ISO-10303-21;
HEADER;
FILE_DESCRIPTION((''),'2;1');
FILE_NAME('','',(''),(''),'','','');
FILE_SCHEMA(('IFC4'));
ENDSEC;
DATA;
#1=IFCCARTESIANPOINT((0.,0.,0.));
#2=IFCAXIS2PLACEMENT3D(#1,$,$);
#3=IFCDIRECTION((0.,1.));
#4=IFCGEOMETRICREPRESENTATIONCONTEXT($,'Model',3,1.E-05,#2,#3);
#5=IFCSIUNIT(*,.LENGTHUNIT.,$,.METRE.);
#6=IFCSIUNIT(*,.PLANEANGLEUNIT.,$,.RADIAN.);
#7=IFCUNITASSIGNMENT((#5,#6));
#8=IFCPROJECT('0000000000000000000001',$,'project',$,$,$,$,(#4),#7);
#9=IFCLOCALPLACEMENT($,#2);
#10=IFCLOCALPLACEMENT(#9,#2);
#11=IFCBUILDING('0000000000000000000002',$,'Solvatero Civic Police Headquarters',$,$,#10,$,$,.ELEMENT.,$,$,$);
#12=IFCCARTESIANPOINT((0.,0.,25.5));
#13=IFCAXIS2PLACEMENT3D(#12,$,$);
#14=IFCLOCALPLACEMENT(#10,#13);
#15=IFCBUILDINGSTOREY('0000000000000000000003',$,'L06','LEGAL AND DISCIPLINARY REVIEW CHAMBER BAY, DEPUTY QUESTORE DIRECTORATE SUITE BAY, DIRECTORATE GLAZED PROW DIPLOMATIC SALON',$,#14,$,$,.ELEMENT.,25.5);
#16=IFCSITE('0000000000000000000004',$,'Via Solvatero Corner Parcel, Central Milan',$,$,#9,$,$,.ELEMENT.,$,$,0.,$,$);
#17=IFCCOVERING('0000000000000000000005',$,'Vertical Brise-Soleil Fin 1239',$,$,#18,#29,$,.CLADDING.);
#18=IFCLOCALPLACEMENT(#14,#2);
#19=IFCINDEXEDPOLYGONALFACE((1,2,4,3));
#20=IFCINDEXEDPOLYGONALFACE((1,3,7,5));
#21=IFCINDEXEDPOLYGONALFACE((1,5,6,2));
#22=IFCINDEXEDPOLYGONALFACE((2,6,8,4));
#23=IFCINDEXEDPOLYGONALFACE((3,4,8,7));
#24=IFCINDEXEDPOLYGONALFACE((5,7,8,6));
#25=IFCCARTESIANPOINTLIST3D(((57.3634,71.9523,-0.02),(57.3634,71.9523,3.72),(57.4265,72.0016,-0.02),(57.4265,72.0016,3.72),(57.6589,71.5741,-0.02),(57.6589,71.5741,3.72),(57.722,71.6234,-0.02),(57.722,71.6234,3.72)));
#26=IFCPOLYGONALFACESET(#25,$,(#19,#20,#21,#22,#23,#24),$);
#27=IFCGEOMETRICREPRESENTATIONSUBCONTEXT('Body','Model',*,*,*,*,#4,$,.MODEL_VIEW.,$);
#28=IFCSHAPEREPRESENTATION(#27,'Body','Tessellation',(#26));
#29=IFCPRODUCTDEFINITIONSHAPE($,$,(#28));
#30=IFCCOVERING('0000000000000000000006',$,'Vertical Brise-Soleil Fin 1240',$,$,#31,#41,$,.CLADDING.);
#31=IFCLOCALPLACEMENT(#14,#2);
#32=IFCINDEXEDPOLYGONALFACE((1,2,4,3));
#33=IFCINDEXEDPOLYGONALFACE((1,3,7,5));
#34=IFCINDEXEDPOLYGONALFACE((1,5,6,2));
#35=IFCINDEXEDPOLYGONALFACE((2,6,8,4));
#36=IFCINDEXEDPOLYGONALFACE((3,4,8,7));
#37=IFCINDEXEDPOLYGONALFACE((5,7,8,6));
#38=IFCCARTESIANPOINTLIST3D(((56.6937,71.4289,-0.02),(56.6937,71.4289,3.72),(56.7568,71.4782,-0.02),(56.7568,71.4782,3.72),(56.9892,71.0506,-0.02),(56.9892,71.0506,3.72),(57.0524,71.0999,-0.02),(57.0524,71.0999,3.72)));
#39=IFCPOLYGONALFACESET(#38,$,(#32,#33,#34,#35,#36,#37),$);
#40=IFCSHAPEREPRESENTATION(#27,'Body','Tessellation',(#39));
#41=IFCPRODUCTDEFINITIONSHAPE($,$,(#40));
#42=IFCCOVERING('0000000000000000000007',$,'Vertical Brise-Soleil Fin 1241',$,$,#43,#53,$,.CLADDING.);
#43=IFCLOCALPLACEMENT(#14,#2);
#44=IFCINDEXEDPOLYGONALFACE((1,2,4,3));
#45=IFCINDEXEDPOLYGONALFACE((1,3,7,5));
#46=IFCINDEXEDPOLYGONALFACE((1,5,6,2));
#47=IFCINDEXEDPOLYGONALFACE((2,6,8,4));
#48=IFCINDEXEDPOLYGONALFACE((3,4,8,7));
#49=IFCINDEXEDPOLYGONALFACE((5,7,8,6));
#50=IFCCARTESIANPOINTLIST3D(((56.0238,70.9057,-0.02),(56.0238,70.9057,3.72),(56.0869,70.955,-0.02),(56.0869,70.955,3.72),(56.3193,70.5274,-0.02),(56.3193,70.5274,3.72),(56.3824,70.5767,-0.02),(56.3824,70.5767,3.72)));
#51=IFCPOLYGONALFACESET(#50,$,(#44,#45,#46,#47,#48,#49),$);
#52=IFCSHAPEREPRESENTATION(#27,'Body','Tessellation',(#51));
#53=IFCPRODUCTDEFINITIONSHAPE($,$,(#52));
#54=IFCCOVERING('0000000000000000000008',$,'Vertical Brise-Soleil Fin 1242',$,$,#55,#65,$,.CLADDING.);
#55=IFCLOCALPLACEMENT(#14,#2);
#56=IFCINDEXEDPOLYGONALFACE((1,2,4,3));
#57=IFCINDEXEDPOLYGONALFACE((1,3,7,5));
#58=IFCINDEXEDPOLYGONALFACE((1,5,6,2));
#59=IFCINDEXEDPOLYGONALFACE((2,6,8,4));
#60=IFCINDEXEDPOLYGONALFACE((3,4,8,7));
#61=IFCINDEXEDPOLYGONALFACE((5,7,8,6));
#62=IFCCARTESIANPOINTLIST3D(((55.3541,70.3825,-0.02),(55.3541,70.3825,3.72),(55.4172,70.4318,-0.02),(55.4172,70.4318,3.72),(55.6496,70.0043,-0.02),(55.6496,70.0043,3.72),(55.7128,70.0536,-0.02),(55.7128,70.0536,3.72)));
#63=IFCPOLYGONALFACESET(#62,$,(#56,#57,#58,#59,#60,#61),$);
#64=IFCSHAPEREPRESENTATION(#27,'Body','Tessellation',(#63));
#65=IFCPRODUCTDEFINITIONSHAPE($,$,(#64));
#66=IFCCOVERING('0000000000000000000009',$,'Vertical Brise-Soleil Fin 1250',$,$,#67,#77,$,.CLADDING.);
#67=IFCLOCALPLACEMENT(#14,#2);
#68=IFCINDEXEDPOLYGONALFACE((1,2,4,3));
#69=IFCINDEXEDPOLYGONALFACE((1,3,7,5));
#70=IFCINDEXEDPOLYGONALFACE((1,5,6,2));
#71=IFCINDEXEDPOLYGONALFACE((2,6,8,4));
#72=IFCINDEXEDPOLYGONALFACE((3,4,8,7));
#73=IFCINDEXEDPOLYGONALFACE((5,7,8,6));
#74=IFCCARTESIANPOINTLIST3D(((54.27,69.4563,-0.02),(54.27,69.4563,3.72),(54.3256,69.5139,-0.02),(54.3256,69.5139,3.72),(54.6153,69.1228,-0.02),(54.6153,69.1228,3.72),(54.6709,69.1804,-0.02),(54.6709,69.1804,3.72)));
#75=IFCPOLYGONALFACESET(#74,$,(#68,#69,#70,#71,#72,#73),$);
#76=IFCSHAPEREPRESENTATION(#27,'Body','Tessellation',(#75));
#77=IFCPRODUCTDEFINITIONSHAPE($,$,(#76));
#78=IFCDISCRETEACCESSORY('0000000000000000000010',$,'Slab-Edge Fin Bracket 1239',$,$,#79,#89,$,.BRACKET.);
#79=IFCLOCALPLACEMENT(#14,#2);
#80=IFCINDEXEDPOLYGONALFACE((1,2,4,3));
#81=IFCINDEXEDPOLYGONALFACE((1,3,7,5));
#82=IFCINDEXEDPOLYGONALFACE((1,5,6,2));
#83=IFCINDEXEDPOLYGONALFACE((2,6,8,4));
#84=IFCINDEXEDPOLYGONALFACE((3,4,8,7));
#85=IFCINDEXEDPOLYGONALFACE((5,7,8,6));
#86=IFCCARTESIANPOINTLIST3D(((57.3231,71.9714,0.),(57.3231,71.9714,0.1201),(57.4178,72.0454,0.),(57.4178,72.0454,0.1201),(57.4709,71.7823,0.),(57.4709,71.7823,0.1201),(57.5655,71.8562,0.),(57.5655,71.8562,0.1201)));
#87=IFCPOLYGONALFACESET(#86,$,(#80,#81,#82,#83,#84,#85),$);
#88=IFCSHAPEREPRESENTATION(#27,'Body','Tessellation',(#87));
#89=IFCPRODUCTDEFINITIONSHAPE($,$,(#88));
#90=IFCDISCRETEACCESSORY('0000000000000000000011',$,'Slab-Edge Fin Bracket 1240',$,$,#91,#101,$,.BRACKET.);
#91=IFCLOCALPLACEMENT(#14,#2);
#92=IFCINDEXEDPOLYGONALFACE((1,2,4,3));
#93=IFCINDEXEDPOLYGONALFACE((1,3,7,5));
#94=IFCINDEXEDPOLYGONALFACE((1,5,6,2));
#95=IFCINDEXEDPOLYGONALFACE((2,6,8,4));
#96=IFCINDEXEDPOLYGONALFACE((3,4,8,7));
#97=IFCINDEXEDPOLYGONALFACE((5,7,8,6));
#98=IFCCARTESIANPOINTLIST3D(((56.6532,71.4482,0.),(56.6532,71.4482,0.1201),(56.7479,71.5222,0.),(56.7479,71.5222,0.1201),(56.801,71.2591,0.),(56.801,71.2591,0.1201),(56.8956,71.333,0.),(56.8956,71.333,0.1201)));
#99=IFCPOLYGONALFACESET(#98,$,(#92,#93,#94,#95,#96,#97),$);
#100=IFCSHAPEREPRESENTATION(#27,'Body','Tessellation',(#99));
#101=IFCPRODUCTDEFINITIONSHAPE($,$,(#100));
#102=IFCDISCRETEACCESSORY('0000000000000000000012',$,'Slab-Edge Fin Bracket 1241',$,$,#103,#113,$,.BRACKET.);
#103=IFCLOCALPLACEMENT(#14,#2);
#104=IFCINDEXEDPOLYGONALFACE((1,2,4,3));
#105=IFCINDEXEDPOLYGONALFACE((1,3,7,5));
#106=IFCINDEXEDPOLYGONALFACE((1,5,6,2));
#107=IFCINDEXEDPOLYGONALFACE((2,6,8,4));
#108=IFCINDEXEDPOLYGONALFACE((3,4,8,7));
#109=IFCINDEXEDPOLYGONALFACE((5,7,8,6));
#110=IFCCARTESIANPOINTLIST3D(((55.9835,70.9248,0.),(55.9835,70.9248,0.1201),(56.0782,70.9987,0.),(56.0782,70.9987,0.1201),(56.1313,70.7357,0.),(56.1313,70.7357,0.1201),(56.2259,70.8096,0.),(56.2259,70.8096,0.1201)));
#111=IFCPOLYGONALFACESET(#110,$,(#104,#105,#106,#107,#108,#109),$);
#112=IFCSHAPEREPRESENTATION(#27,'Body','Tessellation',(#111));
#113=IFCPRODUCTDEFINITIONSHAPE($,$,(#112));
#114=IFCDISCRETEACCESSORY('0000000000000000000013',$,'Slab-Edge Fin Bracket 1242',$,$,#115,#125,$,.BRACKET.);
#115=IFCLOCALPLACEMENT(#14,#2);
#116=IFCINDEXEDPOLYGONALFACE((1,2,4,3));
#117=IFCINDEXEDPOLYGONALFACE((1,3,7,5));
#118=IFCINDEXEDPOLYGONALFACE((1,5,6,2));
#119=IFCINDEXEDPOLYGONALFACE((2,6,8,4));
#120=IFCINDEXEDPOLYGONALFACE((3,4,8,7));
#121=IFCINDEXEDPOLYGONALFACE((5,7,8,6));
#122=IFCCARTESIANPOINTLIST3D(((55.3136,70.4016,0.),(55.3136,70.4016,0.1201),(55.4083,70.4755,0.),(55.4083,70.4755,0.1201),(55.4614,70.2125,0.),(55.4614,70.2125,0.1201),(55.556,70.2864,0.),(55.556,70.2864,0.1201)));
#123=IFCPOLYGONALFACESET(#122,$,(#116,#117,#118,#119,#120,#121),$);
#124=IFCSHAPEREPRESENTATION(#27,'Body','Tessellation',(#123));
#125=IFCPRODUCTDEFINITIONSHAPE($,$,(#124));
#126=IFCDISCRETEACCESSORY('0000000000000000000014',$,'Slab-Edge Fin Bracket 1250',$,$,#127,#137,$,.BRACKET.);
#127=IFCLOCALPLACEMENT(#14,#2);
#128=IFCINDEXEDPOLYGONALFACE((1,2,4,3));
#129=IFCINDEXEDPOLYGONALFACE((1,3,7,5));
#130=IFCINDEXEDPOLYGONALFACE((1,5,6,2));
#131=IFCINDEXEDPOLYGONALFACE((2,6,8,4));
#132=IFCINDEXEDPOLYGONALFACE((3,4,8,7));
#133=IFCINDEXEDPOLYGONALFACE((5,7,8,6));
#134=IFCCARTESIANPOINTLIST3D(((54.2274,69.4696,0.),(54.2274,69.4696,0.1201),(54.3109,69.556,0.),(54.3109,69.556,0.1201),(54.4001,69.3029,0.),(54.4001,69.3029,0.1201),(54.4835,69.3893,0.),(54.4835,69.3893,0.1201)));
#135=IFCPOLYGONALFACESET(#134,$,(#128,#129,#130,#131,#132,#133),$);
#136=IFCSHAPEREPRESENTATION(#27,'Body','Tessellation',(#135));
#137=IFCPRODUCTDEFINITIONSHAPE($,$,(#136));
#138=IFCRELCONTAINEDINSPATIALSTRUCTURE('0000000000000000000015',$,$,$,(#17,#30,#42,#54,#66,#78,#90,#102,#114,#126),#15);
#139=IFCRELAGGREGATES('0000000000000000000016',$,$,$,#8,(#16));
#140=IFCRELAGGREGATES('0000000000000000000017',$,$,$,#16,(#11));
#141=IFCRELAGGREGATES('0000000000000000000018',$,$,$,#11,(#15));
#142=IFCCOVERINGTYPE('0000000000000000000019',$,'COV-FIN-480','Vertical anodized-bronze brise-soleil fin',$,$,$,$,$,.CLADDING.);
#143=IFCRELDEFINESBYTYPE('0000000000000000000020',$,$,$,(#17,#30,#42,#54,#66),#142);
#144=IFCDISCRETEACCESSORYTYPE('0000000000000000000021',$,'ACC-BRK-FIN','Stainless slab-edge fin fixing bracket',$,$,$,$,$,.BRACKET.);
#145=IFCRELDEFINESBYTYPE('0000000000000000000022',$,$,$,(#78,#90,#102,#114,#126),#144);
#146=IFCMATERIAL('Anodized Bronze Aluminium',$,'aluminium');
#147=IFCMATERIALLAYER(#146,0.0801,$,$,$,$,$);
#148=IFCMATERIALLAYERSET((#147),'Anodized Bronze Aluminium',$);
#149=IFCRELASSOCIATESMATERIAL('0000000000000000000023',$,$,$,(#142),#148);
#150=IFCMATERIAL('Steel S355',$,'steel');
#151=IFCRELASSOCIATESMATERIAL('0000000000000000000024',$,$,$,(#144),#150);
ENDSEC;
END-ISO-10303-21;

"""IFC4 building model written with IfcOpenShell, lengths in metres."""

from ifc_helpers import new_model, si_unit, direction, frame, origin, origin_2d, place, context, subcontext, project, spatial, rectangle, extrude, material, layer, layer_set, type_object, element, save


model = new_model("IFC4")

# Units and contexts
model_context = context("Model", 3, precision=1e-05, world=origin(), true_north=direction((0.0, 1.0)))
body_context = subcontext(model_context, "Body", "Model", "MODEL_VIEW")
ifc_project = project(units=[si_unit("LENGTHUNIT", "METRE"), si_unit("PLANEANGLEUNIT", "RADIAN")], contexts=[model_context])

# Site, building, storey
site_placement = place(None, origin())
site = spatial("IfcSite", under=ifc_project, at=site_placement, Name="Via Solvatero Corner Parcel, Central Milan", CompositionType="ELEMENT", RefElevation=0.0)
building_placement = place(site_placement, origin())
building = spatial("IfcBuilding", under=site, at=building_placement, Name="Solvatero Civic Police Headquarters", CompositionType="ELEMENT")
storey_placement = place(building_placement, frame((0.0, 0.0, 25.5)))
storey = spatial("IfcBuildingStorey", under=building, at=storey_placement, Name="L06", Description="LEGAL AND DISCIPLINARY REVIEW CHAMBER BAY, DEPUTY QUESTORE DIRECTORATE SUITE BAY, DIRECTORATE GLAZED PROW DIPLOMATIC SALON", CompositionType="ELEMENT", Elevation=25.5)

# Shared definitions
ifc_material_1 = material(Name="Steel S355", Category="steel")

# Shared definitions
ifc_material_2 = material(Name="Anodized Bronze Aluminium", Category="aluminium")

# Coverings
ifc_layer_1 = layer(ifc_material_2, 0.0801)
ifc_layer_set_1 = layer_set([ifc_layer_1], Name="Anodized Bronze Aluminium")
covering_type = type_object("IfcCoveringType", Name="COV-FIN-480", Description="Vertical anodized-bronze brise-soleil fin", PredefinedType="CLADDING", material=ifc_layer_set_1)
for number, where, z_axis, x_axis, name in (
    (1, (57.5427, 71.7878, -0.02), (0.0, 0.0, 1.0), (-0.788011, -0.615661, 0.0), "Vertical Brise-Soleil Fin 1239"),
    (2, (56.873, 71.2644, -0.02), (0.0, 0.0, 1.0), (-0.788011, -0.615661, 0.0), "Vertical Brise-Soleil Fin 1240"),
    (3, (56.2031, 70.7412, -0.02), (0.0, 0.0, 1.0), (-0.788011, -0.615661, 0.0), "Vertical Brise-Soleil Fin 1241"),
    (4, (55.5334, 70.218, -0.02), (0.0, 0.0, 1.0), (-0.788011, -0.615661, 0.0), "Vertical Brise-Soleil Fin 1242"),
    (5, (54.4705, 69.3184, -0.02), (0.0, 0.0, 1.0), (-0.694658, -0.71934, 0.0), "Vertical Brise-Soleil Fin 1250"),
):
    element("IfcCovering", number, at=place(storey_placement, frame(where, z_axis=z_axis, x_axis=x_axis)), inside=storey, type_object=covering_type, Name=name, PredefinedType="CLADDING", context=body_context, shape_type="SweptSolid", body=[
        extrude(rectangle(XDim=0.0801, YDim=0.48, at=origin_2d()), origin(), (0.0, 0.0, 1.0), 3.74),
    ])

# Discrete accessories
discrete_accessory_type = type_object("IfcDiscreteAccessoryType", Name="ACC-BRK-FIN", Description="Stainless slab-edge fin fixing bracket", PredefinedType="BRACKET", material=ifc_material_1)
for number, where, z_axis, x_axis, name in (
    (6, (57.4443, 71.9138, 0.0), (0.0, 0.0, 1.0), (-0.788011, -0.615661, 0.0), "Slab-Edge Fin Bracket 1239"),
    (7, (56.7744, 71.3906, 0.0), (0.0, 0.0, 1.0), (-0.788011, -0.615661, 0.0), "Slab-Edge Fin Bracket 1240"),
    (8, (56.1047, 70.8672, 0.0), (0.0, 0.0, 1.0), (-0.788011, -0.615661, 0.0), "Slab-Edge Fin Bracket 1241"),
    (9, (55.4348, 70.344, 0.0), (0.0, 0.0, 1.0), (-0.788011, -0.615661, 0.0), "Slab-Edge Fin Bracket 1242"),
    (10, (54.3555, 69.4294, 0.0), (0.0, 0.0, 1.0), (-0.694658, -0.71934, 0.0), "Slab-Edge Fin Bracket 1250"),
):
    element("IfcDiscreteAccessory", number, at=place(storey_placement, frame(where, z_axis=z_axis, x_axis=x_axis)), inside=storey, type_object=discrete_accessory_type, Name=name, PredefinedType="BRACKET", context=body_context, shape_type="SweptSolid", body=[
        extrude(rectangle(XDim=0.1201, YDim=0.24, at=origin_2d()), origin(), (0.0, 0.0, 1.0), 0.1201),
    ])

save(model, "model.ifc")
